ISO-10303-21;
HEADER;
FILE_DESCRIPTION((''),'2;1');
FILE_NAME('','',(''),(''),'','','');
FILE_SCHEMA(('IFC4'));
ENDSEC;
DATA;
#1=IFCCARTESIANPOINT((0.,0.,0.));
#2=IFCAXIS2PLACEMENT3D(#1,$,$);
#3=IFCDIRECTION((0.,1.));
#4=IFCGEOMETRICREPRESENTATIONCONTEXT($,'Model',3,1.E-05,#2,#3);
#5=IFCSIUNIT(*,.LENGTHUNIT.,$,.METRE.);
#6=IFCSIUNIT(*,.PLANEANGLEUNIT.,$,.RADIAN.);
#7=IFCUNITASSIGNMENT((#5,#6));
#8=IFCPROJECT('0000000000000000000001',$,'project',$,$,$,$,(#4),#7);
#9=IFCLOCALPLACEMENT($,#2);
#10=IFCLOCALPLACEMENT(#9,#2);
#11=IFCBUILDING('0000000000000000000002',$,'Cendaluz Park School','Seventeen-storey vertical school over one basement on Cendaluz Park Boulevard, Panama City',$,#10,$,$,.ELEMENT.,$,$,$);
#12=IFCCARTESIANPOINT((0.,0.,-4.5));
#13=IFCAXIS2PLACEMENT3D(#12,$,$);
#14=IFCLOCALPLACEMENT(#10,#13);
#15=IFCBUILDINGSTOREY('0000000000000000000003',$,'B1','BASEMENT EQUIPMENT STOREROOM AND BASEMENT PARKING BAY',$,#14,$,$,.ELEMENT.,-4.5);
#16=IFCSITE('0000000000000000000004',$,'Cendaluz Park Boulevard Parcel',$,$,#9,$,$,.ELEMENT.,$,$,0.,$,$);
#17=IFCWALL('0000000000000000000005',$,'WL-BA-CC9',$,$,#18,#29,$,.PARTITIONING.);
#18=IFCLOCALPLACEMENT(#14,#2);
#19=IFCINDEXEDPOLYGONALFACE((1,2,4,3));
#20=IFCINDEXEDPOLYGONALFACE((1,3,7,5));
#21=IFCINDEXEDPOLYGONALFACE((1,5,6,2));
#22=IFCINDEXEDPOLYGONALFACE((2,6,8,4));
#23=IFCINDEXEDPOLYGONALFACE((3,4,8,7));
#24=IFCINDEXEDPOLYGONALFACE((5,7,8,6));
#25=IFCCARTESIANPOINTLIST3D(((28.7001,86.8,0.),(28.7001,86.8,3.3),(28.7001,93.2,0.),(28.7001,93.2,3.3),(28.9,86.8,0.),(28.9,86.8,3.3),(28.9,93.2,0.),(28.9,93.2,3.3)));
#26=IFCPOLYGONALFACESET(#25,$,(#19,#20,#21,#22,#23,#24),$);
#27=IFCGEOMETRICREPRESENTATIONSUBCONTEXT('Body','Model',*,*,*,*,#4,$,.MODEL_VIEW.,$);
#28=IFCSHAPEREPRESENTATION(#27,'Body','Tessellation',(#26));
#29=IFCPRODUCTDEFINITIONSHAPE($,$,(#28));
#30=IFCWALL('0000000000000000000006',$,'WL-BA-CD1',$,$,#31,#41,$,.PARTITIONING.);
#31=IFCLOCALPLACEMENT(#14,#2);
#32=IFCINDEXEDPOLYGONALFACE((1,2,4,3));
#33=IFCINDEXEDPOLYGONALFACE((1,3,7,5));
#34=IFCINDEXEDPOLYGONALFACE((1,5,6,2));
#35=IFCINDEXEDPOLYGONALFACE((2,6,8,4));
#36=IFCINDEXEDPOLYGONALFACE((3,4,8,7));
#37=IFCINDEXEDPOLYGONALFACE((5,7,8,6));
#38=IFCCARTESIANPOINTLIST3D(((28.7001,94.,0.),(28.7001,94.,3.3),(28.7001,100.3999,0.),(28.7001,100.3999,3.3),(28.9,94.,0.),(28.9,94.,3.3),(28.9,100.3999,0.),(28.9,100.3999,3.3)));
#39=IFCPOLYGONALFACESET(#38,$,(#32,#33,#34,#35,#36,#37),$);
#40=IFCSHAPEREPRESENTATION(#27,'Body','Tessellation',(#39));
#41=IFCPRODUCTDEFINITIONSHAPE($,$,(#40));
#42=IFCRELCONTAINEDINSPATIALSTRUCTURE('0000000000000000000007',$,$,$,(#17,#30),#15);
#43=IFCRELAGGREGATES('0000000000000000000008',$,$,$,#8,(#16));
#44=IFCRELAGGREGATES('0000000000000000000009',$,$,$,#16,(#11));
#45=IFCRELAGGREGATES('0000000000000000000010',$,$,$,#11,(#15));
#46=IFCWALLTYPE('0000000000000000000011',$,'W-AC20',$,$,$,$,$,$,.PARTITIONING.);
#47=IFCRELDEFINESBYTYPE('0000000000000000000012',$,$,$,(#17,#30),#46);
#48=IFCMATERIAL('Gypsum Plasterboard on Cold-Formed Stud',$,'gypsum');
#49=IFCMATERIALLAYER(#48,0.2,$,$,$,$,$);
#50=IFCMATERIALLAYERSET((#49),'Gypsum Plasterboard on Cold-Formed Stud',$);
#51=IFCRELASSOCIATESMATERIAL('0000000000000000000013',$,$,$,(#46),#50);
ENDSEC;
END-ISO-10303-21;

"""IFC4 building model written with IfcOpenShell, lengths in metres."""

from ifc_helpers import new_model, si_unit, direction, frame, frame_2d, origin, place, context, subcontext, project, spatial, rectangle, extrude, material, layer, layer_set, type_object, element, save


model = new_model("IFC4")

# Units and contexts
model_context = context("Model", 3, precision=1e-05, world=origin(), true_north=direction((0.0, 1.0)))
body_context = subcontext(model_context, "Body", "Model", "MODEL_VIEW")
ifc_project = project(units=[si_unit("LENGTHUNIT", "METRE"), si_unit("PLANEANGLEUNIT", "RADIAN")], contexts=[model_context])

# Site, building, storey
site_placement = place(None, origin())
site = spatial("IfcSite", under=ifc_project, at=site_placement, Name="Cendaluz Park Boulevard Parcel", CompositionType="ELEMENT", RefElevation=0.0)
building_placement = place(site_placement, origin())
building = spatial("IfcBuilding", under=site, at=building_placement, Name="Cendaluz Park School", Description="Seventeen-storey vertical school over one basement on Cendaluz Park Boulevard, Panama City", CompositionType="ELEMENT")
storey_placement = place(building_placement, frame((0.0, 0.0, -4.5)))
storey = spatial("IfcBuildingStorey", under=building, at=storey_placement, Name="B1", Description="BASEMENT EQUIPMENT STOREROOM AND BASEMENT PARKING BAY", CompositionType="ELEMENT", Elevation=-4.5)

# Walls
ifc_material_1 = material(Name="Gypsum Plasterboard on Cold-Formed Stud", Category="gypsum")
ifc_layer = layer(ifc_material_1, 0.2)
ifc_layer_set = layer_set([ifc_layer], Name="Gypsum Plasterboard on Cold-Formed Stud")
wall_type = type_object("IfcWallType", Name="W-AC20", PredefinedType="PARTITIONING", material=ifc_layer_set)
for number, where, z_axis, x_axis, name in (
    (1, (28.8, 86.8, 0.0), (0.0, 0.0, 1.0), (0.0, 1.0, 0.0), "WL-BA-CC9"),
    (2, (28.8, 94.0, 0.0), (0.0, 0.0, 1.0), (0.0, 1.0, 0.0), "WL-BA-CD1"),
):
    element("IfcWall", number, at=place(storey_placement, frame(where, z_axis=z_axis, x_axis=x_axis)), inside=storey, type_object=wall_type, Name=name, PredefinedType="PARTITIONING", context=body_context, shape_type="SweptSolid", body=[
        extrude(rectangle(XDim=6.3999, YDim=0.2, at=frame_2d((3.2, 0.0))), origin(), (0.0, 0.0, 1.0), 3.3),
    ])

save(model, "model.ifc")
